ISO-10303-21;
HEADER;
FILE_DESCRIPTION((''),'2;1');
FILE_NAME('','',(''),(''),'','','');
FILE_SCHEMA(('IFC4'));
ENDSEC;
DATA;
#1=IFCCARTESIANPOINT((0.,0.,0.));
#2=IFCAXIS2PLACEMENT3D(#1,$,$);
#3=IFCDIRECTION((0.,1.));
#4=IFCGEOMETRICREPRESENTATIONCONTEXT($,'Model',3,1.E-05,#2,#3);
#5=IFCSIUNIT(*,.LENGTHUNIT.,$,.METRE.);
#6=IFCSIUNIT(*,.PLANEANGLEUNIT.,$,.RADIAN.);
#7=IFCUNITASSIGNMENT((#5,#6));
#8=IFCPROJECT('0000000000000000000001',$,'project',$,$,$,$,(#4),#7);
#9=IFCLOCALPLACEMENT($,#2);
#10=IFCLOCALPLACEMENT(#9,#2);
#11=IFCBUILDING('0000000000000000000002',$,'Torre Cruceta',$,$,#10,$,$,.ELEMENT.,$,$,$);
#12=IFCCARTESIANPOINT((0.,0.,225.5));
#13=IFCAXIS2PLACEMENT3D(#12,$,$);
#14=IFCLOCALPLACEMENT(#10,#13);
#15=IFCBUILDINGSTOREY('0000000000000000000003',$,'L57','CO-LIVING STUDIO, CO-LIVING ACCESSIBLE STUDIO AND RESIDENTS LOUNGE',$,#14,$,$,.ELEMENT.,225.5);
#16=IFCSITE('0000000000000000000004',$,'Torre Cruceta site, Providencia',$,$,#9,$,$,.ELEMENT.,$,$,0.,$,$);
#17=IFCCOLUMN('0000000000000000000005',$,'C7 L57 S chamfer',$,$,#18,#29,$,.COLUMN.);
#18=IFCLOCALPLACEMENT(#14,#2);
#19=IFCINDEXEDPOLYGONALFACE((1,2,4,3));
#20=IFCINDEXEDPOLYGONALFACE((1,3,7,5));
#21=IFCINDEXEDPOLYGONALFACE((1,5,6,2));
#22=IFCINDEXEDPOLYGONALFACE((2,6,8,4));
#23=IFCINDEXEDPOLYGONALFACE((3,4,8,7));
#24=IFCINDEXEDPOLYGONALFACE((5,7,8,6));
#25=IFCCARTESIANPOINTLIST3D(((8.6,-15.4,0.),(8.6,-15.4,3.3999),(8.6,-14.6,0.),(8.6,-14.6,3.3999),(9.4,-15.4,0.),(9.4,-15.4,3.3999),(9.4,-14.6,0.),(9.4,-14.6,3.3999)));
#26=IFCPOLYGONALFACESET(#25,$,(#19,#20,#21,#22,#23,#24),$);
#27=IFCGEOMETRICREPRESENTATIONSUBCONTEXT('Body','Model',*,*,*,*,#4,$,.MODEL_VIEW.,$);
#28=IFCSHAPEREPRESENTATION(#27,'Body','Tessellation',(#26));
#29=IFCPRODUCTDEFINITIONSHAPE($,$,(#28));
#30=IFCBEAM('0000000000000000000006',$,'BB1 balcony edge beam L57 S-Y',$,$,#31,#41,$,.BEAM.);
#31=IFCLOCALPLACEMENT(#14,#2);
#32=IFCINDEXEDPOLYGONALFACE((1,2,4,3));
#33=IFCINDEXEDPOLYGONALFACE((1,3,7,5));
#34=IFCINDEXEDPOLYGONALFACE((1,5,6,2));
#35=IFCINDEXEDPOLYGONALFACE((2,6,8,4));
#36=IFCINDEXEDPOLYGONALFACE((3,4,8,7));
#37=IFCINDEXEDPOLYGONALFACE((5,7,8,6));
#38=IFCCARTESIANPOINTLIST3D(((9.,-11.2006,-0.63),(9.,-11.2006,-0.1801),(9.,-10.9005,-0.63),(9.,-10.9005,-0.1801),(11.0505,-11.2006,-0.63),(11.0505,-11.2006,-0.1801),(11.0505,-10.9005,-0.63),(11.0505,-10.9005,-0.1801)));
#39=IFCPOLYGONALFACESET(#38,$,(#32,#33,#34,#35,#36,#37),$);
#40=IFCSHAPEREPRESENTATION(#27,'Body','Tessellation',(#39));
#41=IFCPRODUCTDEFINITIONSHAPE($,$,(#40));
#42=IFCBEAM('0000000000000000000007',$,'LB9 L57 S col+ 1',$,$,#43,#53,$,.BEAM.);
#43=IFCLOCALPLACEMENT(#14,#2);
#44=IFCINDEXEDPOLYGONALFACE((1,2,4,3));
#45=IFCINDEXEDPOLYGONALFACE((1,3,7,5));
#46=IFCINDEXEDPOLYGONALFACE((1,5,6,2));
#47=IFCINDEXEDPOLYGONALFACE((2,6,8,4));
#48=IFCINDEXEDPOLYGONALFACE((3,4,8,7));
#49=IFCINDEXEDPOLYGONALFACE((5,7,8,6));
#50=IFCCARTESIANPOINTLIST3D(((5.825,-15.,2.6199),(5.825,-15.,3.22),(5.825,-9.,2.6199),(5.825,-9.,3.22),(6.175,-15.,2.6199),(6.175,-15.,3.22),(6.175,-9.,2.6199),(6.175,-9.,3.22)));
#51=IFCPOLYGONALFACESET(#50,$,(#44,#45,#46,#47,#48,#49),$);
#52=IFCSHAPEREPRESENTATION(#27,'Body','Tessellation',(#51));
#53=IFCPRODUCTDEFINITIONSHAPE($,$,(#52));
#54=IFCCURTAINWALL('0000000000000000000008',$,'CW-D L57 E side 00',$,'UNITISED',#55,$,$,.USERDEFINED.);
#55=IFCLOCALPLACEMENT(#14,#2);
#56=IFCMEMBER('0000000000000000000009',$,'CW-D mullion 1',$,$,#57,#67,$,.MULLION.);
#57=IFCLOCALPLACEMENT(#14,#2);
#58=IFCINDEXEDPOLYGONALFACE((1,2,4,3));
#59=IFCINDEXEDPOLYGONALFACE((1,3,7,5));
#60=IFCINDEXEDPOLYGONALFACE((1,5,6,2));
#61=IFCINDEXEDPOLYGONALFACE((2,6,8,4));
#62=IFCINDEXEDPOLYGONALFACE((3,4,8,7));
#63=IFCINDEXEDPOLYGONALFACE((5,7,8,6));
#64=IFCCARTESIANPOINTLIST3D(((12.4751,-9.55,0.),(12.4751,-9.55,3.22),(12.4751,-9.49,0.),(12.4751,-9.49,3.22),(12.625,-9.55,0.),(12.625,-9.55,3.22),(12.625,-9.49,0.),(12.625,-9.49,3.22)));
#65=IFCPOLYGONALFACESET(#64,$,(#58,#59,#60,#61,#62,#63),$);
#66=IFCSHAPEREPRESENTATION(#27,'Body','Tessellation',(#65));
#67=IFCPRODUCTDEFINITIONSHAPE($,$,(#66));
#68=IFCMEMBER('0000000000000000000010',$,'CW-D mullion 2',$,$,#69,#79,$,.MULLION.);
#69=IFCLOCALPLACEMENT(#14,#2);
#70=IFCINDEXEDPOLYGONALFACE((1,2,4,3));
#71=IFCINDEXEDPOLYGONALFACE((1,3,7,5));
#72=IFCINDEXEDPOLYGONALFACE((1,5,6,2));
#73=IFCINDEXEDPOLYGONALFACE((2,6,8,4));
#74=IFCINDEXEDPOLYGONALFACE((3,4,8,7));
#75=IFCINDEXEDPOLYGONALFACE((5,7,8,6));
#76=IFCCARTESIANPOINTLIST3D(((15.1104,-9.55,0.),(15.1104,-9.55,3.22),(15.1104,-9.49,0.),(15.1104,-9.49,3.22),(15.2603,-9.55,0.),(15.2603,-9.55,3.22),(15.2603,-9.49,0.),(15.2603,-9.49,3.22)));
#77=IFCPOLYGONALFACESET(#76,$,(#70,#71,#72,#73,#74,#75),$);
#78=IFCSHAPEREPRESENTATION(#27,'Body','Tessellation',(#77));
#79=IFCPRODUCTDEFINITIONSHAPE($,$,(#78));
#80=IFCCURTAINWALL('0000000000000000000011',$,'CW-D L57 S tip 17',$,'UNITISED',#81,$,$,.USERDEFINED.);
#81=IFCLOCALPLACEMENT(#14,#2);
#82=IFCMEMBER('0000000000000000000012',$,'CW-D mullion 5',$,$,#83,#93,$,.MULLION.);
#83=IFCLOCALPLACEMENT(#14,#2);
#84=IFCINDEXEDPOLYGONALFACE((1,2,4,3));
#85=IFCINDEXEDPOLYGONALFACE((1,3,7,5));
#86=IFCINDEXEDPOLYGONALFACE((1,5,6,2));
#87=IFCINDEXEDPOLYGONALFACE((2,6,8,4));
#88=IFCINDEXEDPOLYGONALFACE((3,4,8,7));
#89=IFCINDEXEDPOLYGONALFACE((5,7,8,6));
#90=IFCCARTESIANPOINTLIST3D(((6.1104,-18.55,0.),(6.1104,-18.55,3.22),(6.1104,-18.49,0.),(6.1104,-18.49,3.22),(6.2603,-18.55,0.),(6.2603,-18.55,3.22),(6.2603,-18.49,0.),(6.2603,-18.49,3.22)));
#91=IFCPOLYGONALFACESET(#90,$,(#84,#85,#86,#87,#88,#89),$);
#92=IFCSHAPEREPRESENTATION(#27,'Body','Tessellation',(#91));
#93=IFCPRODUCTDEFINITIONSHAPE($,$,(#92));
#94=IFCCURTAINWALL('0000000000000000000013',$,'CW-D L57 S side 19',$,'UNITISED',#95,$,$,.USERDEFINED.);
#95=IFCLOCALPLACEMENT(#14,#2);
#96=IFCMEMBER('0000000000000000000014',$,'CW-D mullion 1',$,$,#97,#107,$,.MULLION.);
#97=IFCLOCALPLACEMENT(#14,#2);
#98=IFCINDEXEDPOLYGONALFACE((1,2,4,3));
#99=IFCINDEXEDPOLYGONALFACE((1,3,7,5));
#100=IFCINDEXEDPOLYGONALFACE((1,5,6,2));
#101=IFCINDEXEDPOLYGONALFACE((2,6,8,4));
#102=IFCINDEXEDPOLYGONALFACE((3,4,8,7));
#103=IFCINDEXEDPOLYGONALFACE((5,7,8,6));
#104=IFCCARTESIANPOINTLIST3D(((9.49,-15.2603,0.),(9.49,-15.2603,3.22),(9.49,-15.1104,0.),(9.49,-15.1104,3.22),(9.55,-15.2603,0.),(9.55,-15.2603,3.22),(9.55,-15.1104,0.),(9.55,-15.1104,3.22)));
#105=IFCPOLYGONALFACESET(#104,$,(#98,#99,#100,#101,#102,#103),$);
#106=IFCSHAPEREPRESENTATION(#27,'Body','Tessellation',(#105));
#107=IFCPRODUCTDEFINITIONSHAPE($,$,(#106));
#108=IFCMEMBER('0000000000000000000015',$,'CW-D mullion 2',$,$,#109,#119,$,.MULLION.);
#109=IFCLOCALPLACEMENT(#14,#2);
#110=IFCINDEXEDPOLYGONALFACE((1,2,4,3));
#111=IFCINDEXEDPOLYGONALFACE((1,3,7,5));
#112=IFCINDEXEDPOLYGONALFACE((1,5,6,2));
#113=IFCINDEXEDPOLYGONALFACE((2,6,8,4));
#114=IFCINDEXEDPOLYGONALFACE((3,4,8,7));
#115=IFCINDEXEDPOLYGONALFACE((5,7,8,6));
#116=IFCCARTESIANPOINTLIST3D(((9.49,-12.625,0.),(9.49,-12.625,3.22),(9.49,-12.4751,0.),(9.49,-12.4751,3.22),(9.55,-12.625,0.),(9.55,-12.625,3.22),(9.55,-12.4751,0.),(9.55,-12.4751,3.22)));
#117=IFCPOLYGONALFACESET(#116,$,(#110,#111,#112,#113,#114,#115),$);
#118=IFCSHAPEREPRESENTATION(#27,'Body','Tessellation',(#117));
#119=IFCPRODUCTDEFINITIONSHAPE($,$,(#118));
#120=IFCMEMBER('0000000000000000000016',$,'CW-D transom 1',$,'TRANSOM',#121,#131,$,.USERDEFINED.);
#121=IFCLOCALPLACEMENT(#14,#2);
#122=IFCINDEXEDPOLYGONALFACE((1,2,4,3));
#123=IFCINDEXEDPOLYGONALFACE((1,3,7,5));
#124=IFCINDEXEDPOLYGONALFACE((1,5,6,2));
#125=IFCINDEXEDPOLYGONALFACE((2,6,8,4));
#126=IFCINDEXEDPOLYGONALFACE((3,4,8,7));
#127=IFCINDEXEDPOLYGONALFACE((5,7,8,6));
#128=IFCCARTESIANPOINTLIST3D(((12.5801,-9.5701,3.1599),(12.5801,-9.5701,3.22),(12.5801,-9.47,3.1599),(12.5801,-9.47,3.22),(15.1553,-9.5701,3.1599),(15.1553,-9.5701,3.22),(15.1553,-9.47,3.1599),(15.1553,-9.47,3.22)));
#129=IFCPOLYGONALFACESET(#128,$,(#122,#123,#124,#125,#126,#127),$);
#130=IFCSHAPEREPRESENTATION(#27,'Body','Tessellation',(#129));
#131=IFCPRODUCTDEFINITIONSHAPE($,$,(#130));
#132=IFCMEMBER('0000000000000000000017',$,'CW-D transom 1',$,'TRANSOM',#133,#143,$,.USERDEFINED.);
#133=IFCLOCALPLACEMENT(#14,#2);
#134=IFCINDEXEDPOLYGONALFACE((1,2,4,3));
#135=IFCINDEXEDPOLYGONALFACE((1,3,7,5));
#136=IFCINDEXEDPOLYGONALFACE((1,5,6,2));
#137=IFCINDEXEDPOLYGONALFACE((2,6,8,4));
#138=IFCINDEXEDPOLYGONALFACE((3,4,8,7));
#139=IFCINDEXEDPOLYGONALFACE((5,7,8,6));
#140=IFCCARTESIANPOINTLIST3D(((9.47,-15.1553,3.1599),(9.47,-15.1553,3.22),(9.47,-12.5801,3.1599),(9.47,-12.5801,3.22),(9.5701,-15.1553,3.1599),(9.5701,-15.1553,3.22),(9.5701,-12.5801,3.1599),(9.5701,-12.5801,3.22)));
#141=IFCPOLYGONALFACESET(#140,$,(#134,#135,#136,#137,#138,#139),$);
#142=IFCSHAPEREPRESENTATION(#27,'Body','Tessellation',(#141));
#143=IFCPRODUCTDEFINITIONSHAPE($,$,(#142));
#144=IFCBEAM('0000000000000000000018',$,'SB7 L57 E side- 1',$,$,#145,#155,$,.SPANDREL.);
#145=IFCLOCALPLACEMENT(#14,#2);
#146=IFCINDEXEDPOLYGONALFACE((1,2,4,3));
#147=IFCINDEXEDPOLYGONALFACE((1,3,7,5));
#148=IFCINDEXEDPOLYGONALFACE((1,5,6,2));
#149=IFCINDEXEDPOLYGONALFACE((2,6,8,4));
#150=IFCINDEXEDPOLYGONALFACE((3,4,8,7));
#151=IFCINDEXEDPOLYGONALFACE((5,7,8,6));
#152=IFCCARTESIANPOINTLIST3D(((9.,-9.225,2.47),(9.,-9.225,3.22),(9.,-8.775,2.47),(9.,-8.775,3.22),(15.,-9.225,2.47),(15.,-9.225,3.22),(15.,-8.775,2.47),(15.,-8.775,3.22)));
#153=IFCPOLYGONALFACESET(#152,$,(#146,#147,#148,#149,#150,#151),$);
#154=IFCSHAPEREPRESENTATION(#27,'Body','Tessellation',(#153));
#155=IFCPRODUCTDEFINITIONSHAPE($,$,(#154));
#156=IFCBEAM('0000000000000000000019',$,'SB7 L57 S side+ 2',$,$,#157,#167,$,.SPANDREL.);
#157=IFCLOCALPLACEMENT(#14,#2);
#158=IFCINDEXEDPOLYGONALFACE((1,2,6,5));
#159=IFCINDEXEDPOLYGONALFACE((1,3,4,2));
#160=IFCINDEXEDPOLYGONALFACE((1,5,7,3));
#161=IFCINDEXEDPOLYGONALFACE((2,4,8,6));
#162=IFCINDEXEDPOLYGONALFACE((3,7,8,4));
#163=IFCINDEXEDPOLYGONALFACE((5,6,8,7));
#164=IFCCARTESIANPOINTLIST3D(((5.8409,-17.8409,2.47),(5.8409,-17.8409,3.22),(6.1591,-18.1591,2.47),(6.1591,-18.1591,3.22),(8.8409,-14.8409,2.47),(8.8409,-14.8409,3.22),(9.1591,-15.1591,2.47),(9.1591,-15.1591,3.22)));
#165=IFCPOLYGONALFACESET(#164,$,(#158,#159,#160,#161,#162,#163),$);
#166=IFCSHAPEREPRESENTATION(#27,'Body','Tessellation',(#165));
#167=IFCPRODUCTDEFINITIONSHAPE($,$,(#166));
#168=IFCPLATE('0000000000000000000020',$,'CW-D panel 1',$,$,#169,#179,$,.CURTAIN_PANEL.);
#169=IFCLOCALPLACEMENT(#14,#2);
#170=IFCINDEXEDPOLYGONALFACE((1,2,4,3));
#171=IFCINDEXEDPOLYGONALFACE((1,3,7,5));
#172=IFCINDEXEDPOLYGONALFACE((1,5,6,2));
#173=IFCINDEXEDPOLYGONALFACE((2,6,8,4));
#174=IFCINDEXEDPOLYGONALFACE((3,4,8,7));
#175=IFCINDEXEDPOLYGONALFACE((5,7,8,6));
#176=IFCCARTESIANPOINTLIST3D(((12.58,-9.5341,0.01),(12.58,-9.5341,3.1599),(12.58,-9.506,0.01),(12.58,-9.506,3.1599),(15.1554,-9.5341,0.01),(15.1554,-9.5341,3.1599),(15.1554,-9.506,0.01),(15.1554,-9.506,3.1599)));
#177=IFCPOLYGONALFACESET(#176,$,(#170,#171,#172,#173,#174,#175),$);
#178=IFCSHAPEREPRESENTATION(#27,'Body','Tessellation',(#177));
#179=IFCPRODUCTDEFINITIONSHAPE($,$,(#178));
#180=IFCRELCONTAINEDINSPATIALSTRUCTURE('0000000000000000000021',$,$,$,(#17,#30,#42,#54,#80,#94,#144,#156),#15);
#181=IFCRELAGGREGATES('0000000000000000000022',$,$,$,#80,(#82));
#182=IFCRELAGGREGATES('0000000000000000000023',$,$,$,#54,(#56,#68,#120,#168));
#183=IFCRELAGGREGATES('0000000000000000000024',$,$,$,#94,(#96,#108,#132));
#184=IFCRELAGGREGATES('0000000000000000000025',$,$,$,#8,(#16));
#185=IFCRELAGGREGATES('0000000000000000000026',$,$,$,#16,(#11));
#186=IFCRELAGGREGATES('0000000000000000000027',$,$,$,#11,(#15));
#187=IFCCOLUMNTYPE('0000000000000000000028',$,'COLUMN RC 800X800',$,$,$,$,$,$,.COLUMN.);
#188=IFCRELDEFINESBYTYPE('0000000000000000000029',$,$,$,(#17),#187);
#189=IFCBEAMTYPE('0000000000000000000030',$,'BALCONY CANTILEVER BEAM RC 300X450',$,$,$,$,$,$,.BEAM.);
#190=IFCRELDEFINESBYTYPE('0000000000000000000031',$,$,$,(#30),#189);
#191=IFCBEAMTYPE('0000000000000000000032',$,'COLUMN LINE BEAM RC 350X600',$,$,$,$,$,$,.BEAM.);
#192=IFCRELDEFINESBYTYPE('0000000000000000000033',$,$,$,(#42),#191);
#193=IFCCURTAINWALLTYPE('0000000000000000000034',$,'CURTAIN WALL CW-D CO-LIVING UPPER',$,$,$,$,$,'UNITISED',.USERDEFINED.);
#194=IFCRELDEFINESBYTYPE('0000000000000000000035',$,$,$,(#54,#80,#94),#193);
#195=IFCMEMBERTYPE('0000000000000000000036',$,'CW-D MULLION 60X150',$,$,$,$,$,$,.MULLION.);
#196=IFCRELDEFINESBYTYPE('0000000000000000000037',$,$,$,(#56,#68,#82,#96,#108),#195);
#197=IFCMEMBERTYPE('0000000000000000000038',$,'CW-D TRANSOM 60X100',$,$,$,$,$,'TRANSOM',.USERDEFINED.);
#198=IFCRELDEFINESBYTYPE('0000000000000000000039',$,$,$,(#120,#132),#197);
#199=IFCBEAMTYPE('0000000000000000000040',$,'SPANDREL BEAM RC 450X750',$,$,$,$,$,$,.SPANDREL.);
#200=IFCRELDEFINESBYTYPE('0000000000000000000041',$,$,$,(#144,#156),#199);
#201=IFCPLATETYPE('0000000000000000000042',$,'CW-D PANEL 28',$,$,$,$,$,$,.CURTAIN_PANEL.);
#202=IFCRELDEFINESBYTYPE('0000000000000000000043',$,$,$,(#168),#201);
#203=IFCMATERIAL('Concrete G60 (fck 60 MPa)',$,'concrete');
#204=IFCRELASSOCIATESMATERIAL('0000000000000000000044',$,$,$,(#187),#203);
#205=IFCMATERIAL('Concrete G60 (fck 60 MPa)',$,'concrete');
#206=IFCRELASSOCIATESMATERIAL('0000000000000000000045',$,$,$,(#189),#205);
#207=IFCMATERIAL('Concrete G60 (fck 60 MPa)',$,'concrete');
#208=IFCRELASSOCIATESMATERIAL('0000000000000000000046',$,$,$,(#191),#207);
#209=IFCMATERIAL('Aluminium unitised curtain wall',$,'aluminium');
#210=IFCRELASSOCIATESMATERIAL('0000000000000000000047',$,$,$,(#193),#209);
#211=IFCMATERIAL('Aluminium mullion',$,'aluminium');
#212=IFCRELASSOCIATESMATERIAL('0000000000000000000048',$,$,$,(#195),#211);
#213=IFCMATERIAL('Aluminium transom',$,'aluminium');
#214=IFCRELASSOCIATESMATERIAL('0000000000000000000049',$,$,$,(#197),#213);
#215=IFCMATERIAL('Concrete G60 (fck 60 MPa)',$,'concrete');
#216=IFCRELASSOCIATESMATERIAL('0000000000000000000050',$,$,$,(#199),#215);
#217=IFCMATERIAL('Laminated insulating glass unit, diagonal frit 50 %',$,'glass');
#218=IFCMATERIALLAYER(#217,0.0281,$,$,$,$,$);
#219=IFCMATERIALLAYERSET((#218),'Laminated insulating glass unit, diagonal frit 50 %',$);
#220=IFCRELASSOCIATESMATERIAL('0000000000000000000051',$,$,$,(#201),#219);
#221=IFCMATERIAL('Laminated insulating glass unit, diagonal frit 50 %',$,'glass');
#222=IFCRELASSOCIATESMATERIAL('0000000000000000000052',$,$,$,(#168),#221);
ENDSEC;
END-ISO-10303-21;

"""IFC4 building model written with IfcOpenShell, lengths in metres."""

from ifc_helpers import new_model, si_unit, direction, frame, origin, origin_2d, place, context, subcontext, project, spatial, rectangle, extrude, material, layer, layer_set, material_profile, profile_set, type_object, element, aggregate, save


model = new_model("IFC4")

# Units and contexts
model_context = context("Model", 3, precision=1e-05, world=origin(), true_north=direction((0.0, 1.0)))
body_context = subcontext(model_context, "Body", "Model", "MODEL_VIEW")
ifc_project = project(units=[si_unit("LENGTHUNIT", "METRE"), si_unit("PLANEANGLEUNIT", "RADIAN")], contexts=[model_context])

# Site, building, storey
site_placement = place(None, origin())
site = spatial("IfcSite", under=ifc_project, at=site_placement, Name="Torre Cruceta site, Providencia", CompositionType="ELEMENT", RefElevation=0.0)
building_placement = place(site_placement, origin())
building = spatial("IfcBuilding", under=site, at=building_placement, Name="Torre Cruceta", CompositionType="ELEMENT")
storey_placement = place(building_placement, frame((0.0, 0.0, 225.5)))
storey = spatial("IfcBuildingStorey", under=building, at=storey_placement, Name="L57", Description="CO-LIVING STUDIO, CO-LIVING ACCESSIBLE STUDIO AND RESIDENTS LOUNGE", CompositionType="ELEMENT", Elevation=225.5)

# Column
ifc_material_1 = material(Name="Concrete G60 (fck 60 MPa)", Category="concrete")
ifc_material_profile_1 = material_profile(ifc_material_1, rectangle(XDim=0.8, YDim=0.8, at=origin_2d()), Name="RC 800X800")
ifc_profile_set_1 = profile_set([ifc_material_profile_1], Name="Concrete G60 (fck 60 MPa)")
column_type = type_object("IfcColumnType", Name="COLUMN RC 800X800", PredefinedType="COLUMN", material=ifc_profile_set_1)
column_placement = place(storey_placement, frame((9.0, -15.0, 0.0), z_axis=(0.0, 0.0, 1.0), x_axis=(1.0, 0.0, 0.0)))
element("IfcColumn", 1, at=column_placement, inside=storey, type_object=column_type, Name="C7 L57 S chamfer", PredefinedType="COLUMN", context=body_context, shape_type="SweptSolid", body=[
    extrude(rectangle(XDim=0.8, YDim=0.8, at=origin_2d()), origin(), (0.0, 0.0, 1.0), 3.3999),
])

# Beams
ifc_material_2 = material(Name="Concrete G60 (fck 60 MPa)", Category="concrete")
ifc_material_profile_2 = material_profile(ifc_material_2, rectangle(XDim=0.3, YDim=0.45, at=origin_2d()), Name="RC 300X450")
ifc_profile_set_2 = profile_set([ifc_material_profile_2], Name="Concrete G60 (fck 60 MPa)")
beam_type_1 = type_object("IfcBeamType", Name="BALCONY CANTILEVER BEAM RC 300X450", PredefinedType="BEAM", material=ifc_profile_set_2)
beam_1_placement = place(storey_placement, frame((9.0, -11.0505, -0.405), z_axis=(1.0, 0.0, 0.0), x_axis=(0.0, 1.0, 0.0)))
element("IfcBeam", 2, at=beam_1_placement, inside=storey, type_object=beam_type_1, Name="BB1 balcony edge beam L57 S-Y", PredefinedType="BEAM", context=body_context, shape_type="SweptSolid", body=[
    extrude(rectangle(XDim=0.3, YDim=0.45, at=origin_2d()), origin(), (0.0, 0.0, 1.0), 2.0505),
])
ifc_material_3 = material(Name="Concrete G60 (fck 60 MPa)", Category="concrete")
ifc_material_profile_3 = material_profile(ifc_material_3, rectangle(XDim=0.3501, YDim=0.6001, at=origin_2d()), Name="RC 350X600")
ifc_profile_set_3 = profile_set([ifc_material_profile_3], Name="Concrete G60 (fck 60 MPa)")
beam_type_2 = type_object("IfcBeamType", Name="COLUMN LINE BEAM RC 350X600", PredefinedType="BEAM", material=ifc_profile_set_3)
beam_2_placement = place(storey_placement, frame((6.0, -9.0, 2.9199), z_axis=(0.0, -1.0, 0.0), x_axis=(1.0, 0.0, 0.0)))
element("IfcBeam", 3, at=beam_2_placement, inside=storey, type_object=beam_type_2, Name="LB9 L57 S col+ 1", PredefinedType="BEAM", context=body_context, shape_type="SweptSolid", body=[
    extrude(rectangle(XDim=0.3501, YDim=0.6001, at=origin_2d()), origin(), (0.0, 0.0, 1.0), 6.0),
])

# Curtain wall, members
ifc_material_4 = material(Name="Aluminium unitised curtain wall", Category="aluminium")
curtain_wall_type = type_object("IfcCurtainWallType", Name="CURTAIN WALL CW-D CO-LIVING UPPER", ElementType="UNITISED", PredefinedType="USERDEFINED", material=ifc_material_4)
curtain_wall_1_placement = place(storey_placement, origin())
curtain_wall_1 = element("IfcCurtainWall", 4, at=curtain_wall_1_placement, inside=storey, type_object=curtain_wall_type, Name="CW-D L57 E side 00", ObjectType="UNITISED", PredefinedType="USERDEFINED")
ifc_material_5 = material(Name="Aluminium mullion", Category="aluminium")
ifc_material_profile_4 = material_profile(ifc_material_5, rectangle(XDim=0.0601, YDim=0.1499, at=origin_2d()), Name="AL 60X150")
ifc_profile_set_4 = profile_set([ifc_material_profile_4], Name="Aluminium mullion")
member_type_1 = type_object("IfcMemberType", Name="CW-D MULLION 60X150", PredefinedType="MULLION", material=ifc_profile_set_4)
member_1_placement = place(storey_placement, frame((12.55, -9.52, 0.0), z_axis=(0.0, 0.0, 1.0), x_axis=(0.0, 1.0, 0.0)))
member_1 = element("IfcMember", 5, at=member_1_placement, type_object=member_type_1, Name="CW-D mullion 1", PredefinedType="MULLION", context=body_context, shape_type="SweptSolid", body=[
    extrude(rectangle(XDim=0.0601, YDim=0.1499, at=origin_2d()), origin(), (0.0, 0.0, 1.0), 3.22),
])
member_2_placement = place(storey_placement, frame((15.1853, -9.52, 0.0), z_axis=(0.0, 0.0, 1.0), x_axis=(0.0, 1.0, 0.0)))
member_2 = element("IfcMember", 6, at=member_2_placement, type_object=member_type_1, Name="CW-D mullion 2", PredefinedType="MULLION", context=body_context, shape_type="SweptSolid", body=[
    extrude(rectangle(XDim=0.0601, YDim=0.1499, at=origin_2d()), origin(), (0.0, 0.0, 1.0), 3.22),
])

# Curtain wall, member
curtain_wall_2_placement = place(storey_placement, origin())
curtain_wall_2 = element("IfcCurtainWall", 7, at=curtain_wall_2_placement, inside=storey, type_object=curtain_wall_type, Name="CW-D L57 S tip 17", ObjectType="UNITISED", PredefinedType="USERDEFINED")
member_3_placement = place(storey_placement, frame((6.1853, -18.52, 0.0), z_axis=(0.0, 0.0, 1.0), x_axis=(0.0, 1.0, 0.0)))
member_3 = element("IfcMember", 8, at=member_3_placement, type_object=member_type_1, Name="CW-D mullion 5", PredefinedType="MULLION", context=body_context, shape_type="SweptSolid", body=[
    extrude(rectangle(XDim=0.0601, YDim=0.1499, at=origin_2d()), origin(), (0.0, 0.0, 1.0), 3.22),
])
aggregate(curtain_wall_2, [member_3])

# Curtain wall, members
curtain_wall_3_placement = place(storey_placement, origin())
curtain_wall_3 = element("IfcCurtainWall", 9, at=curtain_wall_3_placement, inside=storey, type_object=curtain_wall_type, Name="CW-D L57 S side 19", ObjectType="UNITISED", PredefinedType="USERDEFINED")
member_4_placement = place(storey_placement, frame((9.52, -15.1853, 0.0), z_axis=(0.0, 0.0, 1.0), x_axis=(-1.0, 0.0, 0.0)))
member_4 = element("IfcMember", 10, at=member_4_placement, type_object=member_type_1, Name="CW-D mullion 1", PredefinedType="MULLION", context=body_context, shape_type="SweptSolid", body=[
    extrude(rectangle(XDim=0.0601, YDim=0.1499, at=origin_2d()), origin(), (0.0, 0.0, 1.0), 3.22),
])
member_5_placement = place(storey_placement, frame((9.52, -12.55, 0.0), z_axis=(0.0, 0.0, 1.0), x_axis=(-1.0, 0.0, 0.0)))
member_5 = element("IfcMember", 11, at=member_5_placement, type_object=member_type_1, Name="CW-D mullion 2", PredefinedType="MULLION", context=body_context, shape_type="SweptSolid", body=[
    extrude(rectangle(XDim=0.0601, YDim=0.1499, at=origin_2d()), origin(), (0.0, 0.0, 1.0), 3.22),
])

# Members
ifc_material_6 = material(Name="Aluminium transom", Category="aluminium")
ifc_material_profile_5 = material_profile(ifc_material_6, rectangle(XDim=0.1001, YDim=0.0601, at=origin_2d()), Name="AL 100X60")
ifc_profile_set_5 = profile_set([ifc_material_profile_5], Name="Aluminium transom")
member_type_2 = type_object("IfcMemberType", Name="CW-D TRANSOM 60X100", ElementType="TRANSOM", PredefinedType="USERDEFINED", material=ifc_profile_set_5)
member_6_placement = place(storey_placement, frame((12.5801, -9.52, 3.1899), z_axis=(1.0, 0.0, 0.0), x_axis=(0.0, 1.0, 0.0)))
member_6 = element("IfcMember", 12, at=member_6_placement, type_object=member_type_2, Name="CW-D transom 1", ObjectType="TRANSOM", PredefinedType="USERDEFINED", context=body_context, shape_type="SweptSolid", body=[
    extrude(rectangle(XDim=0.1001, YDim=0.0601, at=origin_2d()), origin(), (0.0, 0.0, 1.0), 2.5752),
])
member_7_placement = place(storey_placement, frame((9.52, -15.1553, 3.1899), z_axis=(0.0, 1.0, 0.0), x_axis=(-1.0, 0.0, 0.0)))
member_7 = element("IfcMember", 13, at=member_7_placement, type_object=member_type_2, Name="CW-D transom 1", ObjectType="TRANSOM", PredefinedType="USERDEFINED", context=body_context, shape_type="SweptSolid", body=[
    extrude(rectangle(XDim=0.1001, YDim=0.0601, at=origin_2d()), origin(), (0.0, 0.0, 1.0), 2.5752),
])

# Beams
ifc_material_7 = material(Name="Concrete G60 (fck 60 MPa)", Category="concrete")
ifc_material_profile_6 = material_profile(ifc_material_7, rectangle(XDim=0.45, YDim=0.75, at=origin_2d()), Name="RC 450X750")
ifc_profile_set_6 = profile_set([ifc_material_profile_6], Name="Concrete G60 (fck 60 MPa)")
beam_type_3 = type_object("IfcBeamType", Name="SPANDREL BEAM RC 450X750", PredefinedType="SPANDREL", material=ifc_profile_set_6)
beam_3_placement = place(storey_placement, frame((9.0, -9.0, 2.845), z_axis=(1.0, 0.0, 0.0), x_axis=(0.0, 1.0, 0.0)))
element("IfcBeam", 14, at=beam_3_placement, inside=storey, type_object=beam_type_3, Name="SB7 L57 E side- 1", PredefinedType="SPANDREL", context=body_context, shape_type="SweptSolid", body=[
    extrude(rectangle(XDim=0.45, YDim=0.75, at=origin_2d()), origin(), (0.0, 0.0, 1.0), 6.0),
])
beam_4_placement = place(storey_placement, frame((9.0, -15.0, 2.845), z_axis=(-0.707107, -0.707107, 0.0), x_axis=(0.707107, -0.707107, 0.0)))
element("IfcBeam", 15, at=beam_4_placement, inside=storey, type_object=beam_type_3, Name="SB7 L57 S side+ 2", PredefinedType="SPANDREL", context=body_context, shape_type="SweptSolid", body=[
    extrude(rectangle(XDim=0.45, YDim=0.75, at=origin_2d()), origin(), (0.0, 0.0, 1.0), 4.2427),
])

# Plate
ifc_material_8 = material(Name="Laminated insulating glass unit, diagonal frit 50 %", Category="glass")
ifc_material_9 = material(Name="Laminated insulating glass unit, diagonal frit 50 %", Category="glass")
ifc_layer_1 = layer(ifc_material_9, 0.0281)
ifc_layer_set_1 = layer_set([ifc_layer_1], Name="Laminated insulating glass unit, diagonal frit 50 %")
plate_type = type_object("IfcPlateType", Name="CW-D PANEL 28", PredefinedType="CURTAIN_PANEL", material=ifc_layer_set_1)
plate_1_placement = place(storey_placement, frame((13.8677, -9.52, 0.01), z_axis=(0.0, 0.0, 1.0), x_axis=(1.0, 0.0, 0.0)))
plate_1 = element("IfcPlate", 16, at=plate_1_placement, type_object=plate_type, material=ifc_material_8, Name="CW-D panel 1", PredefinedType="CURTAIN_PANEL", context=body_context, shape_type="SweptSolid", body=[
    extrude(rectangle(XDim=2.5754, YDim=0.0281, at=origin_2d()), origin(), (0.0, 0.0, 1.0), 3.1499),
])
aggregate(curtain_wall_1, [member_1, member_2, member_6, plate_1])
aggregate(curtain_wall_3, [member_4, member_5, member_7])

save(model, "model.ifc")
